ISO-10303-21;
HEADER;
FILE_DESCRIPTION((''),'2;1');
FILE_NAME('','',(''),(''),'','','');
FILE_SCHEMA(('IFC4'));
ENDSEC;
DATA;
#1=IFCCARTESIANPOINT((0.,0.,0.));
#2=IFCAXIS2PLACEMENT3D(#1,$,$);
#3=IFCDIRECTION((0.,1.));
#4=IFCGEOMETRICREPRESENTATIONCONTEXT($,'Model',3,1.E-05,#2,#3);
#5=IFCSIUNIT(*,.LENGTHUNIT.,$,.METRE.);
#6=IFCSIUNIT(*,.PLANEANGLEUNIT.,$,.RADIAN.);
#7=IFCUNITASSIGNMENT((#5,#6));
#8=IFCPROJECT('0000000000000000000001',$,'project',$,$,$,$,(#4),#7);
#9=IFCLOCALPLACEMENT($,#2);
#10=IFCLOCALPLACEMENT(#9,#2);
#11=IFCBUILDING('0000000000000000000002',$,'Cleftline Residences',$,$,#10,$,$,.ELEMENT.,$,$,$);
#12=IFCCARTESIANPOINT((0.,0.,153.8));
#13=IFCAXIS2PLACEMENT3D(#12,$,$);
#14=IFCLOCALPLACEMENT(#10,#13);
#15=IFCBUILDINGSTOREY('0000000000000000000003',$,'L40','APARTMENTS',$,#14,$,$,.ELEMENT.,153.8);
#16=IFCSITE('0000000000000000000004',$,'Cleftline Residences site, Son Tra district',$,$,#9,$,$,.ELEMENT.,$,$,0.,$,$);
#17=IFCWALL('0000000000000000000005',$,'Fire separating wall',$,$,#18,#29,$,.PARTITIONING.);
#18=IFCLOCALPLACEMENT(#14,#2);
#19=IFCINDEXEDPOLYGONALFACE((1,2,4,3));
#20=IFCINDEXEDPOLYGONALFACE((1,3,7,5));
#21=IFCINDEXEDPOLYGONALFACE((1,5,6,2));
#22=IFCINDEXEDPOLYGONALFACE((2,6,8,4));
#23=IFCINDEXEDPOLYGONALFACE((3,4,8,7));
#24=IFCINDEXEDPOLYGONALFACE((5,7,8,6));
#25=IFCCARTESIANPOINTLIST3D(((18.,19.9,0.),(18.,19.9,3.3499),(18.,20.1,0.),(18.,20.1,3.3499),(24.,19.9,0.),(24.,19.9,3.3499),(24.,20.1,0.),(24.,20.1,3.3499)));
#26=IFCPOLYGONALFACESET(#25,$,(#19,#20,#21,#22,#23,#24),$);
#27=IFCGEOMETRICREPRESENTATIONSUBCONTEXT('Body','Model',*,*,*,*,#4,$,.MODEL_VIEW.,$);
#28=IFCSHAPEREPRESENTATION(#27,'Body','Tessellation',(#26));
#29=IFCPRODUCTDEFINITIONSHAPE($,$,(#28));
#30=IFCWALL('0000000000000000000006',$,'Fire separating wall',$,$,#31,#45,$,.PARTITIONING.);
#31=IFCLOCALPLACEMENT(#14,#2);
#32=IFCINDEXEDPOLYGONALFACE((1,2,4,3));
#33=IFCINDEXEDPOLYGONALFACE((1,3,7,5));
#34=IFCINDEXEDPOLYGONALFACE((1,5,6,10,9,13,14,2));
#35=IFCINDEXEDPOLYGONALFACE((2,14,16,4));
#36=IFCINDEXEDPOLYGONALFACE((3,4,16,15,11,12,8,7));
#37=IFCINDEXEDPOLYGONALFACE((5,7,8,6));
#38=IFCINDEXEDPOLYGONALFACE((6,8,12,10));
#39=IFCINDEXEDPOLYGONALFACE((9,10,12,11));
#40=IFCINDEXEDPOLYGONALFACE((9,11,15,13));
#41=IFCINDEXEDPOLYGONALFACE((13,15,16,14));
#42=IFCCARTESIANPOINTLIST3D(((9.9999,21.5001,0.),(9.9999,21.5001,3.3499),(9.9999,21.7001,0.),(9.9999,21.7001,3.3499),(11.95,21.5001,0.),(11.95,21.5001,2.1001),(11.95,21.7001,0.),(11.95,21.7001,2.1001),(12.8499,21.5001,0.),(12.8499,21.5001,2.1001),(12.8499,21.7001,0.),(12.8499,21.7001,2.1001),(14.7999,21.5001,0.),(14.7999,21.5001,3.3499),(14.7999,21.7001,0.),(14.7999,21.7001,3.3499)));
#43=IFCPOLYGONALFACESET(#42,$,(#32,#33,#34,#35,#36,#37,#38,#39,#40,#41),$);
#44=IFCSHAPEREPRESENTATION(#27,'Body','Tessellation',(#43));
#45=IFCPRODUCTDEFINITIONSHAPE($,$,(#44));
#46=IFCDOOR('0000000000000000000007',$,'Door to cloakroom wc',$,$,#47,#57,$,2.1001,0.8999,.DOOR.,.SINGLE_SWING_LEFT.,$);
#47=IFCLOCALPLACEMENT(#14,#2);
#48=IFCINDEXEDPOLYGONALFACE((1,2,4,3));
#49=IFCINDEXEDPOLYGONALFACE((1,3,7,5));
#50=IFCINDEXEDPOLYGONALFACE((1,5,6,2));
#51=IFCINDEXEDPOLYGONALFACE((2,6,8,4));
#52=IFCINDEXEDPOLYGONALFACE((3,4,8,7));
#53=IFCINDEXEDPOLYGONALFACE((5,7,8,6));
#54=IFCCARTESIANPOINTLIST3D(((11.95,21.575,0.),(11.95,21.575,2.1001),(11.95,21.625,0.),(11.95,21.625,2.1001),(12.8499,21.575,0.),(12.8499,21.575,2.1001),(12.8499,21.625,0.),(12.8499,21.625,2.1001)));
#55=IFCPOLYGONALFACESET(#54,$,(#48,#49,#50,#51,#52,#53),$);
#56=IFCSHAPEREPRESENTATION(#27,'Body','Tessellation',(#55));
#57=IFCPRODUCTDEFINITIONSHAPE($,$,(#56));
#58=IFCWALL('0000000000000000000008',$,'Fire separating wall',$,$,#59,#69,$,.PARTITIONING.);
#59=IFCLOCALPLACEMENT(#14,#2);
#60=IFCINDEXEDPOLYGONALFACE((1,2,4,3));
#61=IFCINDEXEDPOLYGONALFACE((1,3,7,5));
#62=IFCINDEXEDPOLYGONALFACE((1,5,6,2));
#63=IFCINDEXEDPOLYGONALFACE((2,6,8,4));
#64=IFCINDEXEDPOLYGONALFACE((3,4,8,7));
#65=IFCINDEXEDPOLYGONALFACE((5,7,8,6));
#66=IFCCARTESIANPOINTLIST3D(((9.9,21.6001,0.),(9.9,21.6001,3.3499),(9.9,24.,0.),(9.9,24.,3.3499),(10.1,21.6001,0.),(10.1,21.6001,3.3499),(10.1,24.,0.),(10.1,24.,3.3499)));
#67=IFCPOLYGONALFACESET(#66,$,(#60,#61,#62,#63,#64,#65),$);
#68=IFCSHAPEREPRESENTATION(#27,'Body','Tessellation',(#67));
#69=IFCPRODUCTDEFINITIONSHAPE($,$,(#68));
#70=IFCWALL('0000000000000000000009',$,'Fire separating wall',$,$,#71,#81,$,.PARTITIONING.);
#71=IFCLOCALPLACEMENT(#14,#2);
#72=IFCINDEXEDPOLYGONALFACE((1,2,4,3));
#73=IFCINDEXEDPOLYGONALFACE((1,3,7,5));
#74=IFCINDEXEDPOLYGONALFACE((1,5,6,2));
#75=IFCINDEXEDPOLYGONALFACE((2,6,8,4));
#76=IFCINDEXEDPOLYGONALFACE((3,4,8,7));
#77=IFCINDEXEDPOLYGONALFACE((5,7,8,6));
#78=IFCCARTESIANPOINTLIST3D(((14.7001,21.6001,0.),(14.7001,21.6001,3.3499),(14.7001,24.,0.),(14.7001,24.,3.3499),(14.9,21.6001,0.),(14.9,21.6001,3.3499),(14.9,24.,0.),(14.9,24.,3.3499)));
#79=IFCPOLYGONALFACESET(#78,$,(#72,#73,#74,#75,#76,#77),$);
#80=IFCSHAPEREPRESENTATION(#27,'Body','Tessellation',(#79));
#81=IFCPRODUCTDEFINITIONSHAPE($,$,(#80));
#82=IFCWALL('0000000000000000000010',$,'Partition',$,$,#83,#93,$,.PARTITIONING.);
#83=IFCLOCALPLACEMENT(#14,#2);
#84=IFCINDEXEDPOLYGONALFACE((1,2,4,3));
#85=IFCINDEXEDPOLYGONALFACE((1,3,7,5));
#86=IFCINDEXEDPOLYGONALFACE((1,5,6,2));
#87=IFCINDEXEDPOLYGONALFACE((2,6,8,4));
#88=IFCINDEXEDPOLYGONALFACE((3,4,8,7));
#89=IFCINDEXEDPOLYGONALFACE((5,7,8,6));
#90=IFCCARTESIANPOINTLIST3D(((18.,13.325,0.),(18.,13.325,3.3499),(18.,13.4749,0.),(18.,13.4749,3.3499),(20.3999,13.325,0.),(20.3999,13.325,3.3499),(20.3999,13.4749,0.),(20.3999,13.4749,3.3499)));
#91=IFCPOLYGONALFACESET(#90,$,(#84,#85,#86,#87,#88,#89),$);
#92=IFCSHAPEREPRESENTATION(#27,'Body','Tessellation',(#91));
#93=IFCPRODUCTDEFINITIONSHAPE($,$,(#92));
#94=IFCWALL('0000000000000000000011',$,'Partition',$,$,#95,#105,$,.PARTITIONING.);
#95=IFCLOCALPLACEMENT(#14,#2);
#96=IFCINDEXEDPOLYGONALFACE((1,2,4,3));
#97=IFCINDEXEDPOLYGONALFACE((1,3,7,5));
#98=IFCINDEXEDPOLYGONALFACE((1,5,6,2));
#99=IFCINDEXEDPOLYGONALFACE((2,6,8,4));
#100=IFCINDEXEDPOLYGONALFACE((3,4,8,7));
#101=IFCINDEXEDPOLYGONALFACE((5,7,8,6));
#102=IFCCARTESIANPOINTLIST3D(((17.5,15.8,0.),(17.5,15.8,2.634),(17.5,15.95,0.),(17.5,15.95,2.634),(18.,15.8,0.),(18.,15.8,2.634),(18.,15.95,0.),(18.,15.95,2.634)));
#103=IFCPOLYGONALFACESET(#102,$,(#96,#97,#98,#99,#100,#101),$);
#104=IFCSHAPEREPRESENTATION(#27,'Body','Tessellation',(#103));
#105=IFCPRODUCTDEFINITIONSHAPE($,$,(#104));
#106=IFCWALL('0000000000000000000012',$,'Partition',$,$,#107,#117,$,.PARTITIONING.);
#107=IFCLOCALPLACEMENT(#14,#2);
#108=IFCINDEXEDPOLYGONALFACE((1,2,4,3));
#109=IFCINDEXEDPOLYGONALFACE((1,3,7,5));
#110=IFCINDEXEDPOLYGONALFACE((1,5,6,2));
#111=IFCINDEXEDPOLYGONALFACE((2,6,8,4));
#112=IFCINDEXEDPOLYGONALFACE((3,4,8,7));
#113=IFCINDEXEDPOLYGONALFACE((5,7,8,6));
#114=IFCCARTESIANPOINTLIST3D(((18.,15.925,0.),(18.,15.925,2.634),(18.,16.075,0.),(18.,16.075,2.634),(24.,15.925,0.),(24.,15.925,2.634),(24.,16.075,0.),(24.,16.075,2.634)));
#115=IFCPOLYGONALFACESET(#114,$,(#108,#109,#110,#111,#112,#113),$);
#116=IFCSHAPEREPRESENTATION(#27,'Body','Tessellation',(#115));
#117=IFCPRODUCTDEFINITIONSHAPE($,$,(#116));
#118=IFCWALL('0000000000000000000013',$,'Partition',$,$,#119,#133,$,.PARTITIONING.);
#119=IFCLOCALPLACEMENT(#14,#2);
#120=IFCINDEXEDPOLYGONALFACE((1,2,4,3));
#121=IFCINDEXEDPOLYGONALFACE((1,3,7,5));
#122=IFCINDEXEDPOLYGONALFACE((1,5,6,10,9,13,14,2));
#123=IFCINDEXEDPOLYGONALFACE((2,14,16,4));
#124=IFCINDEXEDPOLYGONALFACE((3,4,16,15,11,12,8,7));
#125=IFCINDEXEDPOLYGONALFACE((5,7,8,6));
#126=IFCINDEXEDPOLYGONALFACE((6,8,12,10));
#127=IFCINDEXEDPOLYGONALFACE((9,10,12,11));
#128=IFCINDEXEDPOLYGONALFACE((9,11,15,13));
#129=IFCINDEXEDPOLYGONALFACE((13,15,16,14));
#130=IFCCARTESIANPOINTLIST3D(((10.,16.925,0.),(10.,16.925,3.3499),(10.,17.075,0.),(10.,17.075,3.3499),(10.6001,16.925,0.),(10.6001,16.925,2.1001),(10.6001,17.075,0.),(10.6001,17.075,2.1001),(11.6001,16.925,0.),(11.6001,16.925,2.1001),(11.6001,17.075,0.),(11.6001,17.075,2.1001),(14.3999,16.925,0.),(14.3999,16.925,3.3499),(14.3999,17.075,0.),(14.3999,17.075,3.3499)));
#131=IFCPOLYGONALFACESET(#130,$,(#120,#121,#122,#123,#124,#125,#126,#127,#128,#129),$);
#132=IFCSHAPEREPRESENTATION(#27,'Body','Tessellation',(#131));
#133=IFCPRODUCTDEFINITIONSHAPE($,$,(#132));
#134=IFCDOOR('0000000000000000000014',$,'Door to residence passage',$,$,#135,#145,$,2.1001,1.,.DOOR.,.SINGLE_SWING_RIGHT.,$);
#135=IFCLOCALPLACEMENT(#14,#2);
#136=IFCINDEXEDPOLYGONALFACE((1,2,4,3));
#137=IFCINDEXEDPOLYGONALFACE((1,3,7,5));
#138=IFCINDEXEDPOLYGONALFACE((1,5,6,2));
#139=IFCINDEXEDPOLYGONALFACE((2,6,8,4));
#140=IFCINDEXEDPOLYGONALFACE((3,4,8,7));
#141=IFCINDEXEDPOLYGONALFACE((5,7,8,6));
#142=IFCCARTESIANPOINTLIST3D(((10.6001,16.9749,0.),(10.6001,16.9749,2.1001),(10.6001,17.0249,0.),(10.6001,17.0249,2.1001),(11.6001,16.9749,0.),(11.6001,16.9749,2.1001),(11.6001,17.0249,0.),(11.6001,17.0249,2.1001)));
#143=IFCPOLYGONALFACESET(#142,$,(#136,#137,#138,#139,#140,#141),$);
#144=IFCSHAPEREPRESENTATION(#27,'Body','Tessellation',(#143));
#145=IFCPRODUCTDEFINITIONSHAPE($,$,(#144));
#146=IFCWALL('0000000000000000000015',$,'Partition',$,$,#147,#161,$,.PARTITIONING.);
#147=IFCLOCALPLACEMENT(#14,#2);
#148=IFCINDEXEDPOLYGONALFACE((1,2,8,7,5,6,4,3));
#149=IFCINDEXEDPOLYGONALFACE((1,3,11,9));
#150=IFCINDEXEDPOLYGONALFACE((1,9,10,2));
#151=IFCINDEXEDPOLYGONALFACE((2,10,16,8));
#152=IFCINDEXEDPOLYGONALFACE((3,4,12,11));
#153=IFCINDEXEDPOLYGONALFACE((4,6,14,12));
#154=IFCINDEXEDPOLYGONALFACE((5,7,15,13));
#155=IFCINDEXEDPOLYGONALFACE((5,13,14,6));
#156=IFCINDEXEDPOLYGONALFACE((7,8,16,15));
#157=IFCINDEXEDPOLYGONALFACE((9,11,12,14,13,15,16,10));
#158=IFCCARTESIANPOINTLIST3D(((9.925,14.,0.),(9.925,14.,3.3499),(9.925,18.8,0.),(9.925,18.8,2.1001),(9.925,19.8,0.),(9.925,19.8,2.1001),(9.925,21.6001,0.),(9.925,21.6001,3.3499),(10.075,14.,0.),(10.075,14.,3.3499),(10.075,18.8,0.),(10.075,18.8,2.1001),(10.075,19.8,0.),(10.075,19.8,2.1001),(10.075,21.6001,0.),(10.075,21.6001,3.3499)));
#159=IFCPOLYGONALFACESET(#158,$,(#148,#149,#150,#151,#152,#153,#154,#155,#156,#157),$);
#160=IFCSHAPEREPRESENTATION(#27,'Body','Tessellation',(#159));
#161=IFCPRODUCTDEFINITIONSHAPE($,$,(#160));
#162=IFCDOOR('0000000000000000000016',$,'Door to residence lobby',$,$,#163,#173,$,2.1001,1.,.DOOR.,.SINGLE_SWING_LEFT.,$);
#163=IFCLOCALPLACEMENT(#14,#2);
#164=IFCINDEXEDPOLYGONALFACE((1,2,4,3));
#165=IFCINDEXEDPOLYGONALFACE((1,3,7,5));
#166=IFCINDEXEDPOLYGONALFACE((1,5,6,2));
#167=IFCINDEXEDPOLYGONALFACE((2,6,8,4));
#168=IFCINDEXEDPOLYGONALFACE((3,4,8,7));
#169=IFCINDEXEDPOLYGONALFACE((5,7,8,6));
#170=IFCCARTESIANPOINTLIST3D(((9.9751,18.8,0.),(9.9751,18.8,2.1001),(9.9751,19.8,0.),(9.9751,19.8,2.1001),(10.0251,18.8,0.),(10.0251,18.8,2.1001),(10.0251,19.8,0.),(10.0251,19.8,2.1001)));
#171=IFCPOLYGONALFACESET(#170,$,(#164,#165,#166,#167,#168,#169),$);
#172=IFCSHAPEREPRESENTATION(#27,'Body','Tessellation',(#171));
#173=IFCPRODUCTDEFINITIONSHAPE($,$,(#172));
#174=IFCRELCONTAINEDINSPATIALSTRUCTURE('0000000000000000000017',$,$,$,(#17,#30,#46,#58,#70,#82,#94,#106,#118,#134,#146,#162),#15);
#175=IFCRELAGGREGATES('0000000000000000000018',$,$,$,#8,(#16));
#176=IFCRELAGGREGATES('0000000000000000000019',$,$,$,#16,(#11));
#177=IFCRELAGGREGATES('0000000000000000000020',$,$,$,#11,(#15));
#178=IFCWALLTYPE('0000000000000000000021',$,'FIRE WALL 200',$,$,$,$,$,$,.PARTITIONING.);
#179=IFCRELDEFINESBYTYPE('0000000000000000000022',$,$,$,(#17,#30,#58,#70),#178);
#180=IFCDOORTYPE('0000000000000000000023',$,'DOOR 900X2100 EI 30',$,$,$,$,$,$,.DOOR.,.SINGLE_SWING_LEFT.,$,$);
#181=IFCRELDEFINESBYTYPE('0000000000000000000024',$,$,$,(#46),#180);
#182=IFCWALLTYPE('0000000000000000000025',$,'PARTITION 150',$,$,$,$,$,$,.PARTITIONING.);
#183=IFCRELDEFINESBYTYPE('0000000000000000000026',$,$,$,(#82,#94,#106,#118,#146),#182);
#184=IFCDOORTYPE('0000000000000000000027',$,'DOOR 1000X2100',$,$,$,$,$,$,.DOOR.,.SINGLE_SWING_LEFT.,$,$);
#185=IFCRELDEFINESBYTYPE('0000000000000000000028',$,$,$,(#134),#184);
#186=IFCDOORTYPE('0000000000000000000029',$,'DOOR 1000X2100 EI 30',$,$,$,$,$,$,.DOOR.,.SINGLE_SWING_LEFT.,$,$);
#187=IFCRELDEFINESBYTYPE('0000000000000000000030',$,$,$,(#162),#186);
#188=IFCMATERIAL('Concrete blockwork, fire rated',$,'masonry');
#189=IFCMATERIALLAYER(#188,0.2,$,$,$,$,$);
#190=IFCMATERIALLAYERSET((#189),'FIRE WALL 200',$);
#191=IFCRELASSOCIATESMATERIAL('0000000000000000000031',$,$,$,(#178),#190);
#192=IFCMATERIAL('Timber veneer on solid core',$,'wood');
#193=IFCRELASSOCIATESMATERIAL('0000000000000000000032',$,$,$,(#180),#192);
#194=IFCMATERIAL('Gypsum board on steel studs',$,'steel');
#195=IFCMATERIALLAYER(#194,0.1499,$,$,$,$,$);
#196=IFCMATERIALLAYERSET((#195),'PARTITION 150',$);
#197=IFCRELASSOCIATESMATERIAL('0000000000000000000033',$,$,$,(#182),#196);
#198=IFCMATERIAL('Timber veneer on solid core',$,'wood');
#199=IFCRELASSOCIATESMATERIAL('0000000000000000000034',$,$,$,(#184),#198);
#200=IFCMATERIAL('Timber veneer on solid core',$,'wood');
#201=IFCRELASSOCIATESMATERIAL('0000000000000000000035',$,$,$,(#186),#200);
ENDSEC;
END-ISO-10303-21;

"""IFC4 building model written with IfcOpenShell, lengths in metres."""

from ifc_helpers import new_model, si_unit, direction, frame, frame_2d, origin, place, context, subcontext, project, spatial, rectangle, extrude, material, layer, layer_set, type_object, element, fill, save


model = new_model("IFC4")

# Units and contexts
model_context = context("Model", 3, precision=1e-05, world=origin(), true_north=direction((0.0, 1.0)))
body_context = subcontext(model_context, "Body", "Model", "MODEL_VIEW")
ifc_project = project(units=[si_unit("LENGTHUNIT", "METRE"), si_unit("PLANEANGLEUNIT", "RADIAN")], contexts=[model_context])

# Site, building, storey
site_placement = place(None, origin())
site = spatial("IfcSite", under=ifc_project, at=site_placement, Name="Cleftline Residences site, Son Tra district", CompositionType="ELEMENT", RefElevation=0.0)
building_placement = place(site_placement, origin())
building = spatial("IfcBuilding", under=site, at=building_placement, Name="Cleftline Residences", CompositionType="ELEMENT")
storey_placement = place(building_placement, frame((0.0, 0.0, 153.8)))
storey = spatial("IfcBuildingStorey", under=building, at=storey_placement, Name="L40", Description="APARTMENTS", CompositionType="ELEMENT", Elevation=153.8)

# Wall
ifc_material_1 = material(Name="Concrete blockwork, fire rated", Category="masonry")
ifc_layer_1 = layer(ifc_material_1, 0.2)
ifc_layer_set_1 = layer_set([ifc_layer_1], Name="FIRE WALL 200")
wall_type_1 = type_object("IfcWallType", Name="FIRE WALL 200", PredefinedType="PARTITIONING", material=ifc_layer_set_1)
wall_1_placement = place(storey_placement, frame((18.0, 20.0, 0.0), z_axis=(0.0, 0.0, 1.0), x_axis=(1.0, 0.0, 0.0)))
element("IfcWall", 1, at=wall_1_placement, inside=storey, type_object=wall_type_1, Name="Fire separating wall", PredefinedType="PARTITIONING", context=body_context, shape_type="SweptSolid", body=[
    extrude(rectangle(XDim=6.0, YDim=0.2, at=frame_2d((3.0, 0.0))), origin(), (0.0, 0.0, 1.0), 3.3499),
])

# Wall, opening, door
wall_2_placement = place(storey_placement, frame((10.0, 21.6001, 0.0), z_axis=(0.0, 0.0, 1.0), x_axis=(1.0, 0.0, 0.0)))
wall_2 = element("IfcWall", 2, at=wall_2_placement, inside=storey, type_object=wall_type_1, Name="Fire separating wall", PredefinedType="PARTITIONING", context=body_context, shape_type="SweptSolid", body=[
    extrude(rectangle(XDim=4.8, YDim=0.2, at=frame_2d((2.3999, 0.0))), origin(), (0.0, 0.0, 1.0), 3.3499),
])
opening_1_placement = place(wall_2_placement, frame((1.95, 0.0, 0.0)))
opening_1 = element("IfcOpeningElement", 3, at=opening_1_placement, cuts=wall_2, PredefinedType="OPENING", context=body_context, shape_type="SweptSolid", body=[
    extrude(rectangle(XDim=0.8999, YDim=2.1001, at=frame_2d((0.45, 1.05))), frame((0.0, 0.1099, 0.0), z_axis=(0.0, -1.0, 0.0), x_axis=(1.0, 0.0, 0.0)), (0.0, 0.0, 1.0), 0.22),
])
ifc_material_2 = material(Name="Timber veneer on solid core", Category="wood")
door_type_1 = type_object("IfcDoorType", Name="DOOR 900X2100 EI 30", OperationType="SINGLE_SWING_LEFT", PredefinedType="DOOR", material=ifc_material_2)
door_1_placement = place(opening_1_placement, origin())
door_1 = element("IfcDoor", 4, at=door_1_placement, inside=storey, type_object=door_type_1, Name="Door to cloakroom wc", OperationType="SINGLE_SWING_LEFT", OverallHeight=2.1001, OverallWidth=0.8999, PredefinedType="DOOR", context=body_context, shape_type="SweptSolid", body=[
    extrude(rectangle(XDim=0.8999, YDim=2.1001, at=frame_2d((0.45, 1.05))), frame((0.0, 0.0249, 0.0), z_axis=(0.0, -1.0, 0.0), x_axis=(1.0, 0.0, 0.0)), (0.0, 0.0, 1.0), 0.05),
])
fill(opening_1, door_1)

# Walls
for number, where, z_axis, x_axis, name in (
    (5, (10.0, 21.6001, 0.0), (0.0, 0.0, 1.0), (0.0, 1.0, 0.0), "Fire separating wall"),
    (6, (14.8, 21.6001, 0.0), (0.0, 0.0, 1.0), (0.0, 1.0, 0.0), "Fire separating wall"),
):
    element("IfcWall", number, at=place(storey_placement, frame(where, z_axis=z_axis, x_axis=x_axis)), inside=storey, type_object=wall_type_1, Name=name, PredefinedType="PARTITIONING", context=body_context, shape_type="SweptSolid", body=[
        extrude(rectangle(XDim=2.3999, YDim=0.2, at=frame_2d((1.2, 0.0))), origin(), (0.0, 0.0, 1.0), 3.3499),
    ])

# Walls
ifc_material_3 = material(Name="Gypsum board on steel studs", Category="steel")
ifc_layer_2 = layer(ifc_material_3, 0.1499)
ifc_layer_set_2 = layer_set([ifc_layer_2], Name="PARTITION 150")
wall_type_2 = type_object("IfcWallType", Name="PARTITION 150", PredefinedType="PARTITIONING", material=ifc_layer_set_2)
wall_3_placement = place(storey_placement, frame((18.0, 13.3999, 0.0), z_axis=(0.0, 0.0, 1.0), x_axis=(1.0, 0.0, 0.0)))
element("IfcWall", 7, at=wall_3_placement, inside=storey, type_object=wall_type_2, Name="Partition", PredefinedType="PARTITIONING", context=body_context, shape_type="SweptSolid", body=[
    extrude(rectangle(XDim=2.3999, YDim=0.1499, at=frame_2d((1.2, 0.0))), origin(), (0.0, 0.0, 1.0), 3.3499),
])
wall_4_placement = place(storey_placement, frame((17.5, 15.875, 0.0), z_axis=(0.0, 0.0, 1.0), x_axis=(1.0, 0.0, 0.0)))
element("IfcWall", 8, at=wall_4_placement, inside=storey, type_object=wall_type_2, Name="Partition", PredefinedType="PARTITIONING", context=body_context, shape_type="SweptSolid", body=[
    extrude(rectangle(XDim=0.5, YDim=0.1499, at=frame_2d((0.25, 0.0))), origin(), (0.0, 0.0, 1.0), 2.634),
])
wall_5_placement = place(storey_placement, frame((18.0, 16.0, 0.0), z_axis=(0.0, 0.0, 1.0), x_axis=(1.0, 0.0, 0.0)))
element("IfcWall", 9, at=wall_5_placement, inside=storey, type_object=wall_type_2, Name="Partition", PredefinedType="PARTITIONING", context=body_context, shape_type="SweptSolid", body=[
    extrude(rectangle(XDim=6.0, YDim=0.1499, at=frame_2d((3.0, 0.0))), origin(), (0.0, 0.0, 1.0), 2.634),
])

# Walls, openings, doors
wall_6_placement = place(storey_placement, frame((10.0, 17.0, 0.0), z_axis=(0.0, 0.0, 1.0), x_axis=(1.0, 0.0, 0.0)))
wall_6 = element("IfcWall", 10, at=wall_6_placement, inside=storey, type_object=wall_type_2, Name="Partition", PredefinedType="PARTITIONING", context=body_context, shape_type="SweptSolid", body=[
    extrude(rectangle(XDim=4.3999, YDim=0.1499, at=frame_2d((2.2, 0.0))), origin(), (0.0, 0.0, 1.0), 3.3499),
])
opening_2_placement = place(wall_6_placement, frame((0.6001, 0.0, 0.0)))
opening_2 = element("IfcOpeningElement", 11, at=opening_2_placement, cuts=wall_6, PredefinedType="OPENING", context=body_context, shape_type="SweptSolid", body=[
    extrude(rectangle(XDim=1.0, YDim=2.1001, at=frame_2d((0.5, 1.05))), frame((0.0, 0.085, 0.0), z_axis=(0.0, -1.0, 0.0), x_axis=(1.0, 0.0, 0.0)), (0.0, 0.0, 1.0), 0.1699),
])
ifc_material_4 = material(Name="Timber veneer on solid core", Category="wood")
door_type_2 = type_object("IfcDoorType", Name="DOOR 1000X2100", OperationType="SINGLE_SWING_LEFT", PredefinedType="DOOR", material=ifc_material_4)
door_2_placement = place(opening_2_placement, origin())
door_2 = element("IfcDoor", 12, at=door_2_placement, inside=storey, type_object=door_type_2, Name="Door to residence passage", OperationType="SINGLE_SWING_RIGHT", OverallHeight=2.1001, OverallWidth=1.0, PredefinedType="DOOR", context=body_context, shape_type="SweptSolid", body=[
    extrude(rectangle(XDim=1.0, YDim=2.1001, at=frame_2d((0.5, 1.05))), frame((0.0, 0.0249, 0.0), z_axis=(0.0, -1.0, 0.0), x_axis=(1.0, 0.0, 0.0)), (0.0, 0.0, 1.0), 0.05),
])
fill(opening_2, door_2)
wall_7_placement = place(storey_placement, frame((10.0, 14.0, 0.0), z_axis=(0.0, 0.0, 1.0), x_axis=(0.0, 1.0, 0.0)))
wall_7 = element("IfcWall", 13, at=wall_7_placement, inside=storey, type_object=wall_type_2, Name="Partition", PredefinedType="PARTITIONING", context=body_context, shape_type="SweptSolid", body=[
    extrude(rectangle(XDim=7.6001, YDim=0.1499, at=frame_2d((3.8, 0.0))), origin(), (0.0, 0.0, 1.0), 3.3499),
])
opening_3_placement = place(wall_7_placement, frame((4.8, 0.0, 0.0)))
opening_3 = element("IfcOpeningElement", 14, at=opening_3_placement, cuts=wall_7, PredefinedType="OPENING", context=body_context, shape_type="SweptSolid", body=[
    extrude(rectangle(XDim=1.0, YDim=2.1001, at=frame_2d((0.5, 1.05))), frame((0.0, 0.085, 0.0), z_axis=(0.0, -1.0, 0.0), x_axis=(1.0, 0.0, 0.0)), (0.0, 0.0, 1.0), 0.1699),
])
ifc_material_5 = material(Name="Timber veneer on solid core", Category="wood")
door_type_3 = type_object("IfcDoorType", Name="DOOR 1000X2100 EI 30", OperationType="SINGLE_SWING_LEFT", PredefinedType="DOOR", material=ifc_material_5)
door_3_placement = place(opening_3_placement, origin())
door_3 = element("IfcDoor", 15, at=door_3_placement, inside=storey, type_object=door_type_3, Name="Door to residence lobby", OperationType="SINGLE_SWING_LEFT", OverallHeight=2.1001, OverallWidth=1.0, PredefinedType="DOOR", context=body_context, shape_type="SweptSolid", body=[
    extrude(rectangle(XDim=1.0, YDim=2.1001, at=frame_2d((0.5, 1.05))), frame((0.0, 0.0249, 0.0), z_axis=(0.0, -1.0, 0.0), x_axis=(1.0, 0.0, 0.0)), (0.0, 0.0, 1.0), 0.05),
])
fill(opening_3, door_3)

save(model, "model.ifc")
